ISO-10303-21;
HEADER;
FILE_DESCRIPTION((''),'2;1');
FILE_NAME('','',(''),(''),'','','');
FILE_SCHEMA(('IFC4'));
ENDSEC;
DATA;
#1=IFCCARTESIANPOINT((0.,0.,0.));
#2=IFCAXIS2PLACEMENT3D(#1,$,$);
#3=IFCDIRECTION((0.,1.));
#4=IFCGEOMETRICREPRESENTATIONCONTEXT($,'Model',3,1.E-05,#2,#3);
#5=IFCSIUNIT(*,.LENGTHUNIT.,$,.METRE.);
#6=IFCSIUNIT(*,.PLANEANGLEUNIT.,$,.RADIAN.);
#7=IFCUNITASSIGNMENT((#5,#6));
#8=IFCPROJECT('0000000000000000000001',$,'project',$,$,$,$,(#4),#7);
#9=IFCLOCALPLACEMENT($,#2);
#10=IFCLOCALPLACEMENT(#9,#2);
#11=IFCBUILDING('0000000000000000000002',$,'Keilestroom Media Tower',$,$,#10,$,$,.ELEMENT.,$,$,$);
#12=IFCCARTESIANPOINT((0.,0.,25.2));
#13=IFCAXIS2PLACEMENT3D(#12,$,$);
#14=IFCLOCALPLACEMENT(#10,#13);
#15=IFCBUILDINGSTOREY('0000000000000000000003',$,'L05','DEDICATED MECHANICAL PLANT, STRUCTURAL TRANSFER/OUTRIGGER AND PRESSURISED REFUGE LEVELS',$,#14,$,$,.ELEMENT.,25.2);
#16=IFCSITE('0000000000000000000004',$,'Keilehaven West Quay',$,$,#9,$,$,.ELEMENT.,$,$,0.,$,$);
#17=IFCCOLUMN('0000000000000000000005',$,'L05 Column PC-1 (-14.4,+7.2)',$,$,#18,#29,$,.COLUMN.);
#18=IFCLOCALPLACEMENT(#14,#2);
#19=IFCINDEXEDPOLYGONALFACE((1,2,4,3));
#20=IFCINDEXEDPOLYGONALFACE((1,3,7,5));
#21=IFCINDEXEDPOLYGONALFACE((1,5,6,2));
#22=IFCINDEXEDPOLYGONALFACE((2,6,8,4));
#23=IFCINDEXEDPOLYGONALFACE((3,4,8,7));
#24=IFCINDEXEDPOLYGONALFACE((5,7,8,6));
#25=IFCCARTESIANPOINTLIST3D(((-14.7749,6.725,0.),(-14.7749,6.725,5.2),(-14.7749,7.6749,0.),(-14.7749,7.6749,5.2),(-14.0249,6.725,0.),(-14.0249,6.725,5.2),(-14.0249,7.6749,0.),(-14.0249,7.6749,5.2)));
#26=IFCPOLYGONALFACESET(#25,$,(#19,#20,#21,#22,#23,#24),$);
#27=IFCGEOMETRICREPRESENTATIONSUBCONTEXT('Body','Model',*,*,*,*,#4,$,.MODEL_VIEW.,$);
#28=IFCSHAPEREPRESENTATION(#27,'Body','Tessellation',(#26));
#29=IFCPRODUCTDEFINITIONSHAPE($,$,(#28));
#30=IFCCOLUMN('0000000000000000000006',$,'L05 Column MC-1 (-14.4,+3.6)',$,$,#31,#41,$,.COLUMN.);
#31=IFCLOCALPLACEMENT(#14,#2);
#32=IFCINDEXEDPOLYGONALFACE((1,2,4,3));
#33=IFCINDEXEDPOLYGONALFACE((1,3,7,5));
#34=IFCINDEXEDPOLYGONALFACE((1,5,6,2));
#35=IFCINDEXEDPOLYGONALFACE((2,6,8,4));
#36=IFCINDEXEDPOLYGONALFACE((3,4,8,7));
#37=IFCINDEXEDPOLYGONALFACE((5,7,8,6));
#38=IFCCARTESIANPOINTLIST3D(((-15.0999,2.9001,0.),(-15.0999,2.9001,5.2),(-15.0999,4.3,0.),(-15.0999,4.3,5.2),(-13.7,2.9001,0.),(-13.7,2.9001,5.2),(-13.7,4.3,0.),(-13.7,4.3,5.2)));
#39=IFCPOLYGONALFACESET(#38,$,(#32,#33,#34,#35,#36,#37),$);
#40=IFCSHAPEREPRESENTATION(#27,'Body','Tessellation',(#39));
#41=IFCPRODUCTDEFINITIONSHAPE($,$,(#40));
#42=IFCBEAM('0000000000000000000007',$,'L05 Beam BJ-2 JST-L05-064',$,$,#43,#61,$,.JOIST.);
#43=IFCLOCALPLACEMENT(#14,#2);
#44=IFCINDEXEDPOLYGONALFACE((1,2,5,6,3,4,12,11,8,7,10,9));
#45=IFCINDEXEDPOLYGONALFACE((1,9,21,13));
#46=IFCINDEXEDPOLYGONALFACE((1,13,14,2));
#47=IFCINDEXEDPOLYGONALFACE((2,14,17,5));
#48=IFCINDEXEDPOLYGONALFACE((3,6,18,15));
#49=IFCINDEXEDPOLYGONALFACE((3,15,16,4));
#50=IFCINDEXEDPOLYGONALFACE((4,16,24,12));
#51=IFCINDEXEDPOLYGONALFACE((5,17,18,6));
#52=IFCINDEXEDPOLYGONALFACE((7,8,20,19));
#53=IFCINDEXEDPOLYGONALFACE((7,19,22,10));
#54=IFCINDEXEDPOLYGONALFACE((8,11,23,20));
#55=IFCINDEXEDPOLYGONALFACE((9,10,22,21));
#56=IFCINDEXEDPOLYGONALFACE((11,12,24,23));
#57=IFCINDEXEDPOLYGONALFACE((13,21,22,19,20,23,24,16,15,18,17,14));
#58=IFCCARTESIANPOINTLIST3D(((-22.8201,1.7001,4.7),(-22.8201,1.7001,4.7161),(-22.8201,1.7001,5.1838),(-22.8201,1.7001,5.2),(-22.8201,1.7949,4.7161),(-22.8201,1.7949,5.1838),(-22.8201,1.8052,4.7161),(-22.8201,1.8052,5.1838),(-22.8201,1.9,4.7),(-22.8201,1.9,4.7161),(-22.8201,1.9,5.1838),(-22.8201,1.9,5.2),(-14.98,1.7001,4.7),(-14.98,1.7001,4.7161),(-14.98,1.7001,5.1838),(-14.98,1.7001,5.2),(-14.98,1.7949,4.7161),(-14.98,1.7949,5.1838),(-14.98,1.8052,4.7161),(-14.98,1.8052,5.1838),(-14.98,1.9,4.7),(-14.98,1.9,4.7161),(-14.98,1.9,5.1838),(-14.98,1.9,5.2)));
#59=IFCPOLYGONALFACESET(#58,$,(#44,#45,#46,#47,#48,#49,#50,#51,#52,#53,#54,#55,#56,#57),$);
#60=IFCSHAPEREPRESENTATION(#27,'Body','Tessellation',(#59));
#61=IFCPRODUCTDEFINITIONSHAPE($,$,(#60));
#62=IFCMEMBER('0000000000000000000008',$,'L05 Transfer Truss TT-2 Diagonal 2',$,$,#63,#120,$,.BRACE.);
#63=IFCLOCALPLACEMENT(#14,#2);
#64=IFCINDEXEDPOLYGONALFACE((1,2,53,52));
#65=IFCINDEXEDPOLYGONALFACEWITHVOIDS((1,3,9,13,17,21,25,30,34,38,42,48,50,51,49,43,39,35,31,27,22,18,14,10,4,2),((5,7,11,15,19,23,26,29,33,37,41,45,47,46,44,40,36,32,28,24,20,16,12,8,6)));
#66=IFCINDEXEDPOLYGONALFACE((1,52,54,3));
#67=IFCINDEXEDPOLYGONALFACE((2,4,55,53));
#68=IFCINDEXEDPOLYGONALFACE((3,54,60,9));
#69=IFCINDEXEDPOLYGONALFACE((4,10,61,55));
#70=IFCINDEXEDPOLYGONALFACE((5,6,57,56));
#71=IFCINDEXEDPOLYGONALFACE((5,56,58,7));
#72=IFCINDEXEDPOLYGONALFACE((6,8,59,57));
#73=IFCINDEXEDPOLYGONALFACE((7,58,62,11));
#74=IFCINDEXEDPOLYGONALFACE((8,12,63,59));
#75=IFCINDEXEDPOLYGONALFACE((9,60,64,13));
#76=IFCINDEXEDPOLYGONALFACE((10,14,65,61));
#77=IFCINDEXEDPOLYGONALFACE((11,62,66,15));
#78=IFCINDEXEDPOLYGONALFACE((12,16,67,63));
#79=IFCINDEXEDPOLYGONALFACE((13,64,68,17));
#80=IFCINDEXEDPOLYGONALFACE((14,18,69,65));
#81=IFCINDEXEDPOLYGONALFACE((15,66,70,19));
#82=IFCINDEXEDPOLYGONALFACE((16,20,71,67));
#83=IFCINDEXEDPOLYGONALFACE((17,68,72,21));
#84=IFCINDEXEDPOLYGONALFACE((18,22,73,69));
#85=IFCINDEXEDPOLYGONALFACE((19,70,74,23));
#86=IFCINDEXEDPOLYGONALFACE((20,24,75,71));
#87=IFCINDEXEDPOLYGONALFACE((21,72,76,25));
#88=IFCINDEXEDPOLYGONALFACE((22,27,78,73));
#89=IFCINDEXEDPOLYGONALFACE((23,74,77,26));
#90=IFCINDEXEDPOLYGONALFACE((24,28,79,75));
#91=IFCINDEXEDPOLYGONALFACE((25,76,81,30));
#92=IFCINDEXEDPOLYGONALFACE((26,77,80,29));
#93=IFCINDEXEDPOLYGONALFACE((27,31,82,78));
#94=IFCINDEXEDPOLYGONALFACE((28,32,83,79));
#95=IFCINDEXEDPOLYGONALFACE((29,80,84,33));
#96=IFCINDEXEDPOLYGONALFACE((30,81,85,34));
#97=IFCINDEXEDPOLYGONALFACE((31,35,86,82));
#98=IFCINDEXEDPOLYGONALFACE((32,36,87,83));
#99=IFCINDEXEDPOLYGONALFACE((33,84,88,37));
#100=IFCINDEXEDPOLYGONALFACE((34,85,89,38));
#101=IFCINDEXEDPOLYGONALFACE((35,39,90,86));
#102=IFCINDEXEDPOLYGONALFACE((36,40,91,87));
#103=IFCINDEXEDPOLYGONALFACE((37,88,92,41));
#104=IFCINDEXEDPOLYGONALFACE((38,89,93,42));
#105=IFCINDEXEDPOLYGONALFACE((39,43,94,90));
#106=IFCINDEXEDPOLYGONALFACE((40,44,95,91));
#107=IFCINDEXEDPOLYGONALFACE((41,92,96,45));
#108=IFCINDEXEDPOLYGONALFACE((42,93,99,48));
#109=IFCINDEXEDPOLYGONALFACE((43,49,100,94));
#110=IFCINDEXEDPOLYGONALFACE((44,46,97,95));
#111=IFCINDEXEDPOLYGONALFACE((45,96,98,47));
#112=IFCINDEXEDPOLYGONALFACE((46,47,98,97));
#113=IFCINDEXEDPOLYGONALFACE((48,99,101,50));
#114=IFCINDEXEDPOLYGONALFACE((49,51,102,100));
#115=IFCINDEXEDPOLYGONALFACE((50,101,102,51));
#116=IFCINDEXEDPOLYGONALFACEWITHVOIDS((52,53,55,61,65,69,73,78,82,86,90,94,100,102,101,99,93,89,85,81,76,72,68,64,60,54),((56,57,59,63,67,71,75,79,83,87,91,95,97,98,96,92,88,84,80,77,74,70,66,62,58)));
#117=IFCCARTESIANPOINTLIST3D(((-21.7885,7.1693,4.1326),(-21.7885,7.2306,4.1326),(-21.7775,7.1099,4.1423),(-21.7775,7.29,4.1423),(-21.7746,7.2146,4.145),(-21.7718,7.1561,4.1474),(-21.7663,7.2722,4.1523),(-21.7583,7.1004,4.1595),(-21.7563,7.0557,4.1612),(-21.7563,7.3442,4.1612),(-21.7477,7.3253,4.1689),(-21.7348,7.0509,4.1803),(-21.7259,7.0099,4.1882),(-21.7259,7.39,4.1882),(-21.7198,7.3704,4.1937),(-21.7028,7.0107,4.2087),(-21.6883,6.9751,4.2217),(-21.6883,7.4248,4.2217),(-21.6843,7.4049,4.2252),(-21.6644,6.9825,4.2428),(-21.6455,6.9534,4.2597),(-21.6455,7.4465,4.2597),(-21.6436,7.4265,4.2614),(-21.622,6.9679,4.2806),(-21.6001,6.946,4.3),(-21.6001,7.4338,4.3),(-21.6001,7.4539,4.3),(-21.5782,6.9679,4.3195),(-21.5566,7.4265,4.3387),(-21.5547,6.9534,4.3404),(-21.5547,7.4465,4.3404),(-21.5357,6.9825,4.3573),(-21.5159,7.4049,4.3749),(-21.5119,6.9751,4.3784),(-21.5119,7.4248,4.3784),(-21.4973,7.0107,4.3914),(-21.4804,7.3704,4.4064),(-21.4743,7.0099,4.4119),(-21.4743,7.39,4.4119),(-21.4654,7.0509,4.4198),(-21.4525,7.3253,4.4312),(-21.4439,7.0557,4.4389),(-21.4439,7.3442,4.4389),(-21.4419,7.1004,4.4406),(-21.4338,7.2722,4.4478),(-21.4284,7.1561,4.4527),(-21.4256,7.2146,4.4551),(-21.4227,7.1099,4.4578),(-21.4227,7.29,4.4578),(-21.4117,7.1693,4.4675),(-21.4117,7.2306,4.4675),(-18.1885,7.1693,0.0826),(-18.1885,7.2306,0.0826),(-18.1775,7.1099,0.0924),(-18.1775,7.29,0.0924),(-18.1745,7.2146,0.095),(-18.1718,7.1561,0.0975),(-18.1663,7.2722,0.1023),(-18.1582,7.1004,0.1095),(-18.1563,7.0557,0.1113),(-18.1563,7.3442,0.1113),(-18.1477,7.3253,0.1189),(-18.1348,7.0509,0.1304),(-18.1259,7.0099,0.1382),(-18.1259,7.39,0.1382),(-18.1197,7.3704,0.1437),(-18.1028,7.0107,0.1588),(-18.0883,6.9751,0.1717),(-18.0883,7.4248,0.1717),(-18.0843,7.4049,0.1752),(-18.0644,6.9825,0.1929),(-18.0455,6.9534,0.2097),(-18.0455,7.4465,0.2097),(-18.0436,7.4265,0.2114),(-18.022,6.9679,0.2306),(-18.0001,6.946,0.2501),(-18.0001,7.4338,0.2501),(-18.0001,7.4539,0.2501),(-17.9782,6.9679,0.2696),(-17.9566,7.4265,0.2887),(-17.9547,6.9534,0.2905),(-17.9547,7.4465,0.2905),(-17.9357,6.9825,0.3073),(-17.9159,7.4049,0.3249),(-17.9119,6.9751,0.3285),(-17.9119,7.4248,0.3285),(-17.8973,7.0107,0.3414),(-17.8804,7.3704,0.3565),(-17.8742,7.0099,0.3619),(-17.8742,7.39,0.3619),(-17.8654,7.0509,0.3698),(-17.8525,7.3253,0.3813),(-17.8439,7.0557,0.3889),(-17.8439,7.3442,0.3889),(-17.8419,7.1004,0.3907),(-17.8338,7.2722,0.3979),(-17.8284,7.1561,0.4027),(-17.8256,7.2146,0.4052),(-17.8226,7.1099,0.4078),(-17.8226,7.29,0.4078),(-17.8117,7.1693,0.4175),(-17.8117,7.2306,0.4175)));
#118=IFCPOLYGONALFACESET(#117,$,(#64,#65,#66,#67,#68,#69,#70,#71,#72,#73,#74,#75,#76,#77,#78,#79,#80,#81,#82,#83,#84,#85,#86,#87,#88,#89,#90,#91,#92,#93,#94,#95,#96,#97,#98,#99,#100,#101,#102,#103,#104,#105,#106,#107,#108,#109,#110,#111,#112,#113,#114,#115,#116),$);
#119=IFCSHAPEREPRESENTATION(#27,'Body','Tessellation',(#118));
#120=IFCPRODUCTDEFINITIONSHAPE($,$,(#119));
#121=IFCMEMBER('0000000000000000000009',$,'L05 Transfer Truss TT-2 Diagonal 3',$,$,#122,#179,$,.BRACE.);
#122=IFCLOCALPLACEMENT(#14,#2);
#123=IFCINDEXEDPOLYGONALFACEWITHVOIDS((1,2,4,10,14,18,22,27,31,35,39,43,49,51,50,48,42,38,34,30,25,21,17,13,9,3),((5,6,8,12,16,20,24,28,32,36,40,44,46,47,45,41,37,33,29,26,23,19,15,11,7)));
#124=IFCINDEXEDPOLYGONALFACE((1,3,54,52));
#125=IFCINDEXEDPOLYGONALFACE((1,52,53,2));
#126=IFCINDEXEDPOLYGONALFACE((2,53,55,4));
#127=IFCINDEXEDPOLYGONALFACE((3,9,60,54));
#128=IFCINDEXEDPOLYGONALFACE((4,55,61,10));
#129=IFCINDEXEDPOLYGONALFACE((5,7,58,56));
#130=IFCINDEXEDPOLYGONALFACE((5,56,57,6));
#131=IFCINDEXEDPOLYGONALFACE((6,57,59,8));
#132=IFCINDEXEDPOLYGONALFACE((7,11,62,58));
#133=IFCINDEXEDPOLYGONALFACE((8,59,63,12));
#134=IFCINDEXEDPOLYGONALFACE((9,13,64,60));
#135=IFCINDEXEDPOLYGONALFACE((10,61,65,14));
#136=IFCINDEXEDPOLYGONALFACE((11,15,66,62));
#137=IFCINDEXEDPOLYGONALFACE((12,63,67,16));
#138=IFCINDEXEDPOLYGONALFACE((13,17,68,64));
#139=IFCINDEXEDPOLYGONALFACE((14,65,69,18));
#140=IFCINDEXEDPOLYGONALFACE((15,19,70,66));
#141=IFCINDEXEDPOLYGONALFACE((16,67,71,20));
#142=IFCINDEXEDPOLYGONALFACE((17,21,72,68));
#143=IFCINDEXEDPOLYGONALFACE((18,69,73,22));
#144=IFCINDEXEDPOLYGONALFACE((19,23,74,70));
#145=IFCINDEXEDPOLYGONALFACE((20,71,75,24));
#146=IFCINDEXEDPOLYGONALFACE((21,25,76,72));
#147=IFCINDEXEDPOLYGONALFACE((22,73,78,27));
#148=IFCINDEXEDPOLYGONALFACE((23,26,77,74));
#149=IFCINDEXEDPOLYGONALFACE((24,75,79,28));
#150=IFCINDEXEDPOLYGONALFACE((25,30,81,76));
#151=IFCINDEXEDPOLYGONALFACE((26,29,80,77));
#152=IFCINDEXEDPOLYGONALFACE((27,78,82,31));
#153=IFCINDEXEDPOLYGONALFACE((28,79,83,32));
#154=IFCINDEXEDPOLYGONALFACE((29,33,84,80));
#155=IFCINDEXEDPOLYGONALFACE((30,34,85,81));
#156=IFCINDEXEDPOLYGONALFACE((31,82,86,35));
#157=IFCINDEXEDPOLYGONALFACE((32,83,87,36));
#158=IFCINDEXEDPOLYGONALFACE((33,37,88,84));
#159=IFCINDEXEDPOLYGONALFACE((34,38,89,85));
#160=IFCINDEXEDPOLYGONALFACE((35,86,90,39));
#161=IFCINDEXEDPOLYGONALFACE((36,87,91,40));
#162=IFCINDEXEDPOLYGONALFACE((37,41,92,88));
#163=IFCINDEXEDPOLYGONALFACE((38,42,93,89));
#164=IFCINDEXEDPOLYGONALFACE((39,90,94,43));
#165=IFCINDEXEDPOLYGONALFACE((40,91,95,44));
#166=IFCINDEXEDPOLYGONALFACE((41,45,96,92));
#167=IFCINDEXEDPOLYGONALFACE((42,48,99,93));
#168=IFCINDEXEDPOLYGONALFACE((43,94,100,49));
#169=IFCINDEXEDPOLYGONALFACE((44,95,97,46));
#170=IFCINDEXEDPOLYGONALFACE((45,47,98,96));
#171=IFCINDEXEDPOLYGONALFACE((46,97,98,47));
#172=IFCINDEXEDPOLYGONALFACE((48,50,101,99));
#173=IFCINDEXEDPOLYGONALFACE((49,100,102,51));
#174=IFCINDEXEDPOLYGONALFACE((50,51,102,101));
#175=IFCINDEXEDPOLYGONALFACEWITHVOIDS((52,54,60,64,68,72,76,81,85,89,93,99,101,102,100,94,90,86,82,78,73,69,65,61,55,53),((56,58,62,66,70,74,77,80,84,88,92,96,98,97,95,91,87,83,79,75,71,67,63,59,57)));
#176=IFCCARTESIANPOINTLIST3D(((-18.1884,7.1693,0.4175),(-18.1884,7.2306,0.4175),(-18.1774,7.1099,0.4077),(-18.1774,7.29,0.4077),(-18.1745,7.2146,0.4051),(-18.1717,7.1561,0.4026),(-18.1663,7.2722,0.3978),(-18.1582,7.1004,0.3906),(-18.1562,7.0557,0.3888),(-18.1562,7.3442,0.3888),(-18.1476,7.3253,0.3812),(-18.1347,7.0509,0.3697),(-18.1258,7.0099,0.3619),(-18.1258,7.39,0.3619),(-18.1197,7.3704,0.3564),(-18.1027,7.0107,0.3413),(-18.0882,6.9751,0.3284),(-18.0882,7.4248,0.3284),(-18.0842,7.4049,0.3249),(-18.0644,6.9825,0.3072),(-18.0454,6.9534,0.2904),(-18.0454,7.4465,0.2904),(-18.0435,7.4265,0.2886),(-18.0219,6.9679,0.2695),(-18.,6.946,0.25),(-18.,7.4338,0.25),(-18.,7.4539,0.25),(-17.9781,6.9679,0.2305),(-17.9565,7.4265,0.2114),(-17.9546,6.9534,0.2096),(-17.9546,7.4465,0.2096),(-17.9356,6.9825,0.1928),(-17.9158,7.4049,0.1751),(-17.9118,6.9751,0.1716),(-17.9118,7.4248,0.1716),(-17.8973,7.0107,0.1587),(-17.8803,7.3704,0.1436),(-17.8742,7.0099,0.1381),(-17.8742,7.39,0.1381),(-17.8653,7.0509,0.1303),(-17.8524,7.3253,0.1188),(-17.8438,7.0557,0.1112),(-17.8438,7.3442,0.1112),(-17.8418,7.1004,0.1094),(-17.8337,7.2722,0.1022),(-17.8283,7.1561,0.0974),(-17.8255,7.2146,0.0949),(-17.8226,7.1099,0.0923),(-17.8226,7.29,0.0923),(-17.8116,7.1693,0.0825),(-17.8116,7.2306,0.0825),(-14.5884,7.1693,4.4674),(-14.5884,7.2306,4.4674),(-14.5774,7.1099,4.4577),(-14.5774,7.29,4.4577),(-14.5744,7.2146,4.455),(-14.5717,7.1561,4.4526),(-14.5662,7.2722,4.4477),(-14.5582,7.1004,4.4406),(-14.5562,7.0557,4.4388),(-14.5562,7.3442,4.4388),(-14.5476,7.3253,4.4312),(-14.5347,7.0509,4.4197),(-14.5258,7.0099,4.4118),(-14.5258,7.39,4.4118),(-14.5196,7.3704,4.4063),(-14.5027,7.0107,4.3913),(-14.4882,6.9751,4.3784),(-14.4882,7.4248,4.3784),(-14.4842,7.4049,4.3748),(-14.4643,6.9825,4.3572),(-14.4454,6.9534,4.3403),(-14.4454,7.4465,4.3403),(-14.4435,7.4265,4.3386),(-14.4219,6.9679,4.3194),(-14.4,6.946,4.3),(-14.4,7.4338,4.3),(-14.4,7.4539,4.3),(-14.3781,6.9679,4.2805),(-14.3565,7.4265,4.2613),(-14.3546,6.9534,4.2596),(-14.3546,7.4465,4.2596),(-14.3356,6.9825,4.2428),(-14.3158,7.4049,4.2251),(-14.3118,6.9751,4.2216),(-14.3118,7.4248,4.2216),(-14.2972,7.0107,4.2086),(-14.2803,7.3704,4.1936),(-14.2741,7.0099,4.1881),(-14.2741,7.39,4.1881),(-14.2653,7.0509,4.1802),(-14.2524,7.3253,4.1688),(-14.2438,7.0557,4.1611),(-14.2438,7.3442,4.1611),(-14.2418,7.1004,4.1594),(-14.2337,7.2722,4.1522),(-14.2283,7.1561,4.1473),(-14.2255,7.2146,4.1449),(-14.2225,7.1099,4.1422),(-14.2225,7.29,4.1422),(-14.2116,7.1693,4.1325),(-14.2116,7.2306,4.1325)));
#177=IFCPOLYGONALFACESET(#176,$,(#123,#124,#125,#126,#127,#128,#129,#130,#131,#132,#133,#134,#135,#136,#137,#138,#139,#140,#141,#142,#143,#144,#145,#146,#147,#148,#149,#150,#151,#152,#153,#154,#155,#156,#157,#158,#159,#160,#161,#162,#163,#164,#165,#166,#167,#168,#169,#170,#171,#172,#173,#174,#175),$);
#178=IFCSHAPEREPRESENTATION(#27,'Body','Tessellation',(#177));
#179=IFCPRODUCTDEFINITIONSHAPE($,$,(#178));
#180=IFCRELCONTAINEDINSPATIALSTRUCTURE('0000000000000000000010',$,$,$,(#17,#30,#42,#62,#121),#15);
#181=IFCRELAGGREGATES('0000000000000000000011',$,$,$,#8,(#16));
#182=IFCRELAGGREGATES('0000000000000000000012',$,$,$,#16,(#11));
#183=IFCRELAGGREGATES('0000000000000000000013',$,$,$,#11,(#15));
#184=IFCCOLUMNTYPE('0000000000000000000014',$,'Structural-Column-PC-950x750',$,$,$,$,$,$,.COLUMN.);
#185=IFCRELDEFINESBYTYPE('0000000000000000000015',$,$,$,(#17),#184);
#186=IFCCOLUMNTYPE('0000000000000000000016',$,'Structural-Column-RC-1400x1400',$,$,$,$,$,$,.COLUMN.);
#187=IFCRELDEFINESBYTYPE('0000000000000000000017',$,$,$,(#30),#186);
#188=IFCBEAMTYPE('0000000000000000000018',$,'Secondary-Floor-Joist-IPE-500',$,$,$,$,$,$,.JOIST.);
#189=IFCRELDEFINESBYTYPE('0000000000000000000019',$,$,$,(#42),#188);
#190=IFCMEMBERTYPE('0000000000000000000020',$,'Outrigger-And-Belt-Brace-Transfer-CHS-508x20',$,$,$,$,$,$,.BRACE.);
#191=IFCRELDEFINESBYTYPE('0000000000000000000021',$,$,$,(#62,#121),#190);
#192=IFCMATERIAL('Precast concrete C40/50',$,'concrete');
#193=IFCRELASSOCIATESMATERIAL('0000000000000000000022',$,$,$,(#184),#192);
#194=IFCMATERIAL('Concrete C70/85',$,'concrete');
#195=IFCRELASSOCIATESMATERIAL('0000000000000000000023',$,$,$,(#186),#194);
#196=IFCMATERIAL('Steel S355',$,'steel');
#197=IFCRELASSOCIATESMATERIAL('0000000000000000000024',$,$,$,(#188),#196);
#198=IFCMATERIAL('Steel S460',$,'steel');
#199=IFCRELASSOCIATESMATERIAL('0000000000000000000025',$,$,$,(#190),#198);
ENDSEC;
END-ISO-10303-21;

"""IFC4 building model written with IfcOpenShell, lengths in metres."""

from ifc_helpers import new_model, si_unit, direction, frame, origin, origin_2d, place, context, subcontext, project, spatial, rectangle, hollow_circle, i_section, extrude, source, transform, mapped, material, material_profile, profile_set, type_object, element, save


model = new_model("IFC4")

# Units and contexts
model_context = context("Model", 3, precision=1e-05, world=origin(), true_north=direction((0.0, 1.0)))
body_context = subcontext(model_context, "Body", "Model", "MODEL_VIEW")
ifc_project = project(units=[si_unit("LENGTHUNIT", "METRE"), si_unit("PLANEANGLEUNIT", "RADIAN")], contexts=[model_context])

# Site, building, storey
site_placement = place(None, origin())
site = spatial("IfcSite", under=ifc_project, at=site_placement, Name="Keilehaven West Quay", CompositionType="ELEMENT", RefElevation=0.0)
building_placement = place(site_placement, origin())
building = spatial("IfcBuilding", under=site, at=building_placement, Name="Keilestroom Media Tower", CompositionType="ELEMENT")
storey_placement = place(building_placement, frame((0.0, 0.0, 25.2)))
storey = spatial("IfcBuildingStorey", under=building, at=storey_placement, Name="L05", Description="DEDICATED MECHANICAL PLANT, STRUCTURAL TRANSFER/OUTRIGGER AND PRESSURISED REFUGE LEVELS", CompositionType="ELEMENT", Elevation=25.2)

# Columns
ifc_material_1 = material(Name="Precast concrete C40/50", Category="concrete")
ifc_material_profile_1 = material_profile(ifc_material_1, rectangle(XDim=0.75, YDim=0.95, at=origin_2d()), Name="PC 950x750")
ifc_profile_set_1 = profile_set([ifc_material_profile_1], Name="Precast concrete C40/50")
column_type_1 = type_object("IfcColumnType", Name="Structural-Column-PC-950x750", PredefinedType="COLUMN", material=ifc_profile_set_1)
shared_shape_1 = source(origin(), body_context, "Body", "SweptSolid", [
    extrude(rectangle(XDim=0.75, YDim=0.95, at=origin_2d()), origin(), (0.0, 0.0, 1.0), 5.2),
])
column_1_placement = place(storey_placement, frame((-14.3999, 7.2, 0.0), z_axis=(0.0, 0.0, 1.0), x_axis=(1.0, 0.0, 0.0)))
element("IfcColumn", 1, at=column_1_placement, inside=storey, type_object=column_type_1, Name="L05 Column PC-1 (-14.4,+7.2)", PredefinedType="COLUMN", context=body_context, shape_type="MappedRepresentation", body=[
    mapped(shared_shape_1, transform((0.0, 0.0, 0.0), x_axis=(1.0, 0.0, 0.0), y_axis=(0.0, 1.0, 0.0), z_axis=(0.0, 0.0, 1.0), scale=1.0)),
])
ifc_material_2 = material(Name="Concrete C70/85", Category="concrete")
ifc_material_profile_2 = material_profile(ifc_material_2, rectangle(XDim=1.3999, YDim=1.3999, at=origin_2d()), Name="RC 1400x1400")
ifc_profile_set_2 = profile_set([ifc_material_profile_2], Name="Concrete C70/85")
column_type_2 = type_object("IfcColumnType", Name="Structural-Column-RC-1400x1400", PredefinedType="COLUMN", material=ifc_profile_set_2)
shared_shape_2 = source(origin(), body_context, "Body", "SweptSolid", [
    extrude(rectangle(XDim=1.3999, YDim=1.3999, at=origin_2d()), origin(), (0.0, 0.0, 1.0), 5.2),
])
column_2_placement = place(storey_placement, frame((-14.3999, 3.6001, 0.0), z_axis=(0.0, 0.0, 1.0), x_axis=(1.0, 0.0, 0.0)))
element("IfcColumn", 2, at=column_2_placement, inside=storey, type_object=column_type_2, Name="L05 Column MC-1 (-14.4,+3.6)", PredefinedType="COLUMN", context=body_context, shape_type="MappedRepresentation", body=[
    mapped(shared_shape_2, transform((0.0, 0.0, 0.0), x_axis=(1.0, 0.0, 0.0), y_axis=(0.0, 1.0, 0.0), z_axis=(0.0, 0.0, 1.0), scale=1.0)),
])

# Beam
ifc_material_3 = material(Name="Steel S355", Category="steel")
ifc_material_profile_3 = material_profile(ifc_material_3, i_section(OverallWidth=0.2, OverallDepth=0.5, WebThickness=0.0103, FlangeThickness=0.0161, at=origin_2d()), Name="IPE 500")
ifc_profile_set_3 = profile_set([ifc_material_profile_3], Name="Steel S355")
beam_type = type_object("IfcBeamType", Name="Secondary-Floor-Joist-IPE-500", PredefinedType="JOIST", material=ifc_profile_set_3)
shared_shape_3 = source(origin(), body_context, "Body", "SweptSolid", [
    extrude(i_section(OverallWidth=0.2, OverallDepth=0.5, WebThickness=0.0103, FlangeThickness=0.0161, at=origin_2d()), origin(), (0.0, 0.0, 1.0), 7.8401),
])
beam_placement = place(storey_placement, frame((-22.8201, 1.8, 4.95), z_axis=(1.0, 0.0, 0.0), x_axis=(0.0, 1.0, 0.0)))
element("IfcBeam", 3, at=beam_placement, inside=storey, type_object=beam_type, Name="L05 Beam BJ-2 JST-L05-064", PredefinedType="JOIST", context=body_context, shape_type="MappedRepresentation", body=[
    mapped(shared_shape_3, transform((0.0, 0.0, 0.0), x_axis=(1.0, 0.0, 0.0), y_axis=(0.0, 1.0, 0.0), z_axis=(0.0, 0.0, 1.0), scale=1.0)),
])

# Members
ifc_material_4 = material(Name="Steel S460", Category="steel")
ifc_material_profile_4 = material_profile(ifc_material_4, hollow_circle(Radius=0.2539, WallThickness=0.02, at=origin_2d()), Name="CHS 508x20")
ifc_profile_set_4 = profile_set([ifc_material_profile_4], Name="Steel S460")
member_type_1 = type_object("IfcMemberType", Name="Outrigger-And-Belt-Brace-Transfer-CHS-508x20", PredefinedType="BRACE", material=ifc_profile_set_4)
shared_shape_4 = source(origin(), body_context, "Body", "SweptSolid", [
    extrude(hollow_circle(Radius=0.2539, WallThickness=0.02, at=origin_2d()), origin(), (0.0, 0.0, 1.0), 5.4187),
])
for number, where, z_axis, x_axis, name in (
    (4, (-21.6001, 7.2, 4.3), (0.664369, 0.0, -0.747404), (0.0, 1.0, 0.0), "L05 Transfer Truss TT-2 Diagonal 2"),
    (5, (-18.0, 7.2, 0.25), (0.664369, 0.0, 0.747404), (0.0, 1.0, 0.0), "L05 Transfer Truss TT-2 Diagonal 3"),
):
    element("IfcMember", number, at=place(storey_placement, frame(where, z_axis=z_axis, x_axis=x_axis)), inside=storey, type_object=member_type_1, Name=name, PredefinedType="BRACE", context=body_context, shape_type="MappedRepresentation", body=[
        mapped(shared_shape_4, transform((0.0, 0.0, 0.0), x_axis=(1.0, 0.0, 0.0), y_axis=(0.0, 1.0, 0.0), z_axis=(0.0, 0.0, 1.0), scale=1.0)),
    ])

save(model, "model.ifc")
